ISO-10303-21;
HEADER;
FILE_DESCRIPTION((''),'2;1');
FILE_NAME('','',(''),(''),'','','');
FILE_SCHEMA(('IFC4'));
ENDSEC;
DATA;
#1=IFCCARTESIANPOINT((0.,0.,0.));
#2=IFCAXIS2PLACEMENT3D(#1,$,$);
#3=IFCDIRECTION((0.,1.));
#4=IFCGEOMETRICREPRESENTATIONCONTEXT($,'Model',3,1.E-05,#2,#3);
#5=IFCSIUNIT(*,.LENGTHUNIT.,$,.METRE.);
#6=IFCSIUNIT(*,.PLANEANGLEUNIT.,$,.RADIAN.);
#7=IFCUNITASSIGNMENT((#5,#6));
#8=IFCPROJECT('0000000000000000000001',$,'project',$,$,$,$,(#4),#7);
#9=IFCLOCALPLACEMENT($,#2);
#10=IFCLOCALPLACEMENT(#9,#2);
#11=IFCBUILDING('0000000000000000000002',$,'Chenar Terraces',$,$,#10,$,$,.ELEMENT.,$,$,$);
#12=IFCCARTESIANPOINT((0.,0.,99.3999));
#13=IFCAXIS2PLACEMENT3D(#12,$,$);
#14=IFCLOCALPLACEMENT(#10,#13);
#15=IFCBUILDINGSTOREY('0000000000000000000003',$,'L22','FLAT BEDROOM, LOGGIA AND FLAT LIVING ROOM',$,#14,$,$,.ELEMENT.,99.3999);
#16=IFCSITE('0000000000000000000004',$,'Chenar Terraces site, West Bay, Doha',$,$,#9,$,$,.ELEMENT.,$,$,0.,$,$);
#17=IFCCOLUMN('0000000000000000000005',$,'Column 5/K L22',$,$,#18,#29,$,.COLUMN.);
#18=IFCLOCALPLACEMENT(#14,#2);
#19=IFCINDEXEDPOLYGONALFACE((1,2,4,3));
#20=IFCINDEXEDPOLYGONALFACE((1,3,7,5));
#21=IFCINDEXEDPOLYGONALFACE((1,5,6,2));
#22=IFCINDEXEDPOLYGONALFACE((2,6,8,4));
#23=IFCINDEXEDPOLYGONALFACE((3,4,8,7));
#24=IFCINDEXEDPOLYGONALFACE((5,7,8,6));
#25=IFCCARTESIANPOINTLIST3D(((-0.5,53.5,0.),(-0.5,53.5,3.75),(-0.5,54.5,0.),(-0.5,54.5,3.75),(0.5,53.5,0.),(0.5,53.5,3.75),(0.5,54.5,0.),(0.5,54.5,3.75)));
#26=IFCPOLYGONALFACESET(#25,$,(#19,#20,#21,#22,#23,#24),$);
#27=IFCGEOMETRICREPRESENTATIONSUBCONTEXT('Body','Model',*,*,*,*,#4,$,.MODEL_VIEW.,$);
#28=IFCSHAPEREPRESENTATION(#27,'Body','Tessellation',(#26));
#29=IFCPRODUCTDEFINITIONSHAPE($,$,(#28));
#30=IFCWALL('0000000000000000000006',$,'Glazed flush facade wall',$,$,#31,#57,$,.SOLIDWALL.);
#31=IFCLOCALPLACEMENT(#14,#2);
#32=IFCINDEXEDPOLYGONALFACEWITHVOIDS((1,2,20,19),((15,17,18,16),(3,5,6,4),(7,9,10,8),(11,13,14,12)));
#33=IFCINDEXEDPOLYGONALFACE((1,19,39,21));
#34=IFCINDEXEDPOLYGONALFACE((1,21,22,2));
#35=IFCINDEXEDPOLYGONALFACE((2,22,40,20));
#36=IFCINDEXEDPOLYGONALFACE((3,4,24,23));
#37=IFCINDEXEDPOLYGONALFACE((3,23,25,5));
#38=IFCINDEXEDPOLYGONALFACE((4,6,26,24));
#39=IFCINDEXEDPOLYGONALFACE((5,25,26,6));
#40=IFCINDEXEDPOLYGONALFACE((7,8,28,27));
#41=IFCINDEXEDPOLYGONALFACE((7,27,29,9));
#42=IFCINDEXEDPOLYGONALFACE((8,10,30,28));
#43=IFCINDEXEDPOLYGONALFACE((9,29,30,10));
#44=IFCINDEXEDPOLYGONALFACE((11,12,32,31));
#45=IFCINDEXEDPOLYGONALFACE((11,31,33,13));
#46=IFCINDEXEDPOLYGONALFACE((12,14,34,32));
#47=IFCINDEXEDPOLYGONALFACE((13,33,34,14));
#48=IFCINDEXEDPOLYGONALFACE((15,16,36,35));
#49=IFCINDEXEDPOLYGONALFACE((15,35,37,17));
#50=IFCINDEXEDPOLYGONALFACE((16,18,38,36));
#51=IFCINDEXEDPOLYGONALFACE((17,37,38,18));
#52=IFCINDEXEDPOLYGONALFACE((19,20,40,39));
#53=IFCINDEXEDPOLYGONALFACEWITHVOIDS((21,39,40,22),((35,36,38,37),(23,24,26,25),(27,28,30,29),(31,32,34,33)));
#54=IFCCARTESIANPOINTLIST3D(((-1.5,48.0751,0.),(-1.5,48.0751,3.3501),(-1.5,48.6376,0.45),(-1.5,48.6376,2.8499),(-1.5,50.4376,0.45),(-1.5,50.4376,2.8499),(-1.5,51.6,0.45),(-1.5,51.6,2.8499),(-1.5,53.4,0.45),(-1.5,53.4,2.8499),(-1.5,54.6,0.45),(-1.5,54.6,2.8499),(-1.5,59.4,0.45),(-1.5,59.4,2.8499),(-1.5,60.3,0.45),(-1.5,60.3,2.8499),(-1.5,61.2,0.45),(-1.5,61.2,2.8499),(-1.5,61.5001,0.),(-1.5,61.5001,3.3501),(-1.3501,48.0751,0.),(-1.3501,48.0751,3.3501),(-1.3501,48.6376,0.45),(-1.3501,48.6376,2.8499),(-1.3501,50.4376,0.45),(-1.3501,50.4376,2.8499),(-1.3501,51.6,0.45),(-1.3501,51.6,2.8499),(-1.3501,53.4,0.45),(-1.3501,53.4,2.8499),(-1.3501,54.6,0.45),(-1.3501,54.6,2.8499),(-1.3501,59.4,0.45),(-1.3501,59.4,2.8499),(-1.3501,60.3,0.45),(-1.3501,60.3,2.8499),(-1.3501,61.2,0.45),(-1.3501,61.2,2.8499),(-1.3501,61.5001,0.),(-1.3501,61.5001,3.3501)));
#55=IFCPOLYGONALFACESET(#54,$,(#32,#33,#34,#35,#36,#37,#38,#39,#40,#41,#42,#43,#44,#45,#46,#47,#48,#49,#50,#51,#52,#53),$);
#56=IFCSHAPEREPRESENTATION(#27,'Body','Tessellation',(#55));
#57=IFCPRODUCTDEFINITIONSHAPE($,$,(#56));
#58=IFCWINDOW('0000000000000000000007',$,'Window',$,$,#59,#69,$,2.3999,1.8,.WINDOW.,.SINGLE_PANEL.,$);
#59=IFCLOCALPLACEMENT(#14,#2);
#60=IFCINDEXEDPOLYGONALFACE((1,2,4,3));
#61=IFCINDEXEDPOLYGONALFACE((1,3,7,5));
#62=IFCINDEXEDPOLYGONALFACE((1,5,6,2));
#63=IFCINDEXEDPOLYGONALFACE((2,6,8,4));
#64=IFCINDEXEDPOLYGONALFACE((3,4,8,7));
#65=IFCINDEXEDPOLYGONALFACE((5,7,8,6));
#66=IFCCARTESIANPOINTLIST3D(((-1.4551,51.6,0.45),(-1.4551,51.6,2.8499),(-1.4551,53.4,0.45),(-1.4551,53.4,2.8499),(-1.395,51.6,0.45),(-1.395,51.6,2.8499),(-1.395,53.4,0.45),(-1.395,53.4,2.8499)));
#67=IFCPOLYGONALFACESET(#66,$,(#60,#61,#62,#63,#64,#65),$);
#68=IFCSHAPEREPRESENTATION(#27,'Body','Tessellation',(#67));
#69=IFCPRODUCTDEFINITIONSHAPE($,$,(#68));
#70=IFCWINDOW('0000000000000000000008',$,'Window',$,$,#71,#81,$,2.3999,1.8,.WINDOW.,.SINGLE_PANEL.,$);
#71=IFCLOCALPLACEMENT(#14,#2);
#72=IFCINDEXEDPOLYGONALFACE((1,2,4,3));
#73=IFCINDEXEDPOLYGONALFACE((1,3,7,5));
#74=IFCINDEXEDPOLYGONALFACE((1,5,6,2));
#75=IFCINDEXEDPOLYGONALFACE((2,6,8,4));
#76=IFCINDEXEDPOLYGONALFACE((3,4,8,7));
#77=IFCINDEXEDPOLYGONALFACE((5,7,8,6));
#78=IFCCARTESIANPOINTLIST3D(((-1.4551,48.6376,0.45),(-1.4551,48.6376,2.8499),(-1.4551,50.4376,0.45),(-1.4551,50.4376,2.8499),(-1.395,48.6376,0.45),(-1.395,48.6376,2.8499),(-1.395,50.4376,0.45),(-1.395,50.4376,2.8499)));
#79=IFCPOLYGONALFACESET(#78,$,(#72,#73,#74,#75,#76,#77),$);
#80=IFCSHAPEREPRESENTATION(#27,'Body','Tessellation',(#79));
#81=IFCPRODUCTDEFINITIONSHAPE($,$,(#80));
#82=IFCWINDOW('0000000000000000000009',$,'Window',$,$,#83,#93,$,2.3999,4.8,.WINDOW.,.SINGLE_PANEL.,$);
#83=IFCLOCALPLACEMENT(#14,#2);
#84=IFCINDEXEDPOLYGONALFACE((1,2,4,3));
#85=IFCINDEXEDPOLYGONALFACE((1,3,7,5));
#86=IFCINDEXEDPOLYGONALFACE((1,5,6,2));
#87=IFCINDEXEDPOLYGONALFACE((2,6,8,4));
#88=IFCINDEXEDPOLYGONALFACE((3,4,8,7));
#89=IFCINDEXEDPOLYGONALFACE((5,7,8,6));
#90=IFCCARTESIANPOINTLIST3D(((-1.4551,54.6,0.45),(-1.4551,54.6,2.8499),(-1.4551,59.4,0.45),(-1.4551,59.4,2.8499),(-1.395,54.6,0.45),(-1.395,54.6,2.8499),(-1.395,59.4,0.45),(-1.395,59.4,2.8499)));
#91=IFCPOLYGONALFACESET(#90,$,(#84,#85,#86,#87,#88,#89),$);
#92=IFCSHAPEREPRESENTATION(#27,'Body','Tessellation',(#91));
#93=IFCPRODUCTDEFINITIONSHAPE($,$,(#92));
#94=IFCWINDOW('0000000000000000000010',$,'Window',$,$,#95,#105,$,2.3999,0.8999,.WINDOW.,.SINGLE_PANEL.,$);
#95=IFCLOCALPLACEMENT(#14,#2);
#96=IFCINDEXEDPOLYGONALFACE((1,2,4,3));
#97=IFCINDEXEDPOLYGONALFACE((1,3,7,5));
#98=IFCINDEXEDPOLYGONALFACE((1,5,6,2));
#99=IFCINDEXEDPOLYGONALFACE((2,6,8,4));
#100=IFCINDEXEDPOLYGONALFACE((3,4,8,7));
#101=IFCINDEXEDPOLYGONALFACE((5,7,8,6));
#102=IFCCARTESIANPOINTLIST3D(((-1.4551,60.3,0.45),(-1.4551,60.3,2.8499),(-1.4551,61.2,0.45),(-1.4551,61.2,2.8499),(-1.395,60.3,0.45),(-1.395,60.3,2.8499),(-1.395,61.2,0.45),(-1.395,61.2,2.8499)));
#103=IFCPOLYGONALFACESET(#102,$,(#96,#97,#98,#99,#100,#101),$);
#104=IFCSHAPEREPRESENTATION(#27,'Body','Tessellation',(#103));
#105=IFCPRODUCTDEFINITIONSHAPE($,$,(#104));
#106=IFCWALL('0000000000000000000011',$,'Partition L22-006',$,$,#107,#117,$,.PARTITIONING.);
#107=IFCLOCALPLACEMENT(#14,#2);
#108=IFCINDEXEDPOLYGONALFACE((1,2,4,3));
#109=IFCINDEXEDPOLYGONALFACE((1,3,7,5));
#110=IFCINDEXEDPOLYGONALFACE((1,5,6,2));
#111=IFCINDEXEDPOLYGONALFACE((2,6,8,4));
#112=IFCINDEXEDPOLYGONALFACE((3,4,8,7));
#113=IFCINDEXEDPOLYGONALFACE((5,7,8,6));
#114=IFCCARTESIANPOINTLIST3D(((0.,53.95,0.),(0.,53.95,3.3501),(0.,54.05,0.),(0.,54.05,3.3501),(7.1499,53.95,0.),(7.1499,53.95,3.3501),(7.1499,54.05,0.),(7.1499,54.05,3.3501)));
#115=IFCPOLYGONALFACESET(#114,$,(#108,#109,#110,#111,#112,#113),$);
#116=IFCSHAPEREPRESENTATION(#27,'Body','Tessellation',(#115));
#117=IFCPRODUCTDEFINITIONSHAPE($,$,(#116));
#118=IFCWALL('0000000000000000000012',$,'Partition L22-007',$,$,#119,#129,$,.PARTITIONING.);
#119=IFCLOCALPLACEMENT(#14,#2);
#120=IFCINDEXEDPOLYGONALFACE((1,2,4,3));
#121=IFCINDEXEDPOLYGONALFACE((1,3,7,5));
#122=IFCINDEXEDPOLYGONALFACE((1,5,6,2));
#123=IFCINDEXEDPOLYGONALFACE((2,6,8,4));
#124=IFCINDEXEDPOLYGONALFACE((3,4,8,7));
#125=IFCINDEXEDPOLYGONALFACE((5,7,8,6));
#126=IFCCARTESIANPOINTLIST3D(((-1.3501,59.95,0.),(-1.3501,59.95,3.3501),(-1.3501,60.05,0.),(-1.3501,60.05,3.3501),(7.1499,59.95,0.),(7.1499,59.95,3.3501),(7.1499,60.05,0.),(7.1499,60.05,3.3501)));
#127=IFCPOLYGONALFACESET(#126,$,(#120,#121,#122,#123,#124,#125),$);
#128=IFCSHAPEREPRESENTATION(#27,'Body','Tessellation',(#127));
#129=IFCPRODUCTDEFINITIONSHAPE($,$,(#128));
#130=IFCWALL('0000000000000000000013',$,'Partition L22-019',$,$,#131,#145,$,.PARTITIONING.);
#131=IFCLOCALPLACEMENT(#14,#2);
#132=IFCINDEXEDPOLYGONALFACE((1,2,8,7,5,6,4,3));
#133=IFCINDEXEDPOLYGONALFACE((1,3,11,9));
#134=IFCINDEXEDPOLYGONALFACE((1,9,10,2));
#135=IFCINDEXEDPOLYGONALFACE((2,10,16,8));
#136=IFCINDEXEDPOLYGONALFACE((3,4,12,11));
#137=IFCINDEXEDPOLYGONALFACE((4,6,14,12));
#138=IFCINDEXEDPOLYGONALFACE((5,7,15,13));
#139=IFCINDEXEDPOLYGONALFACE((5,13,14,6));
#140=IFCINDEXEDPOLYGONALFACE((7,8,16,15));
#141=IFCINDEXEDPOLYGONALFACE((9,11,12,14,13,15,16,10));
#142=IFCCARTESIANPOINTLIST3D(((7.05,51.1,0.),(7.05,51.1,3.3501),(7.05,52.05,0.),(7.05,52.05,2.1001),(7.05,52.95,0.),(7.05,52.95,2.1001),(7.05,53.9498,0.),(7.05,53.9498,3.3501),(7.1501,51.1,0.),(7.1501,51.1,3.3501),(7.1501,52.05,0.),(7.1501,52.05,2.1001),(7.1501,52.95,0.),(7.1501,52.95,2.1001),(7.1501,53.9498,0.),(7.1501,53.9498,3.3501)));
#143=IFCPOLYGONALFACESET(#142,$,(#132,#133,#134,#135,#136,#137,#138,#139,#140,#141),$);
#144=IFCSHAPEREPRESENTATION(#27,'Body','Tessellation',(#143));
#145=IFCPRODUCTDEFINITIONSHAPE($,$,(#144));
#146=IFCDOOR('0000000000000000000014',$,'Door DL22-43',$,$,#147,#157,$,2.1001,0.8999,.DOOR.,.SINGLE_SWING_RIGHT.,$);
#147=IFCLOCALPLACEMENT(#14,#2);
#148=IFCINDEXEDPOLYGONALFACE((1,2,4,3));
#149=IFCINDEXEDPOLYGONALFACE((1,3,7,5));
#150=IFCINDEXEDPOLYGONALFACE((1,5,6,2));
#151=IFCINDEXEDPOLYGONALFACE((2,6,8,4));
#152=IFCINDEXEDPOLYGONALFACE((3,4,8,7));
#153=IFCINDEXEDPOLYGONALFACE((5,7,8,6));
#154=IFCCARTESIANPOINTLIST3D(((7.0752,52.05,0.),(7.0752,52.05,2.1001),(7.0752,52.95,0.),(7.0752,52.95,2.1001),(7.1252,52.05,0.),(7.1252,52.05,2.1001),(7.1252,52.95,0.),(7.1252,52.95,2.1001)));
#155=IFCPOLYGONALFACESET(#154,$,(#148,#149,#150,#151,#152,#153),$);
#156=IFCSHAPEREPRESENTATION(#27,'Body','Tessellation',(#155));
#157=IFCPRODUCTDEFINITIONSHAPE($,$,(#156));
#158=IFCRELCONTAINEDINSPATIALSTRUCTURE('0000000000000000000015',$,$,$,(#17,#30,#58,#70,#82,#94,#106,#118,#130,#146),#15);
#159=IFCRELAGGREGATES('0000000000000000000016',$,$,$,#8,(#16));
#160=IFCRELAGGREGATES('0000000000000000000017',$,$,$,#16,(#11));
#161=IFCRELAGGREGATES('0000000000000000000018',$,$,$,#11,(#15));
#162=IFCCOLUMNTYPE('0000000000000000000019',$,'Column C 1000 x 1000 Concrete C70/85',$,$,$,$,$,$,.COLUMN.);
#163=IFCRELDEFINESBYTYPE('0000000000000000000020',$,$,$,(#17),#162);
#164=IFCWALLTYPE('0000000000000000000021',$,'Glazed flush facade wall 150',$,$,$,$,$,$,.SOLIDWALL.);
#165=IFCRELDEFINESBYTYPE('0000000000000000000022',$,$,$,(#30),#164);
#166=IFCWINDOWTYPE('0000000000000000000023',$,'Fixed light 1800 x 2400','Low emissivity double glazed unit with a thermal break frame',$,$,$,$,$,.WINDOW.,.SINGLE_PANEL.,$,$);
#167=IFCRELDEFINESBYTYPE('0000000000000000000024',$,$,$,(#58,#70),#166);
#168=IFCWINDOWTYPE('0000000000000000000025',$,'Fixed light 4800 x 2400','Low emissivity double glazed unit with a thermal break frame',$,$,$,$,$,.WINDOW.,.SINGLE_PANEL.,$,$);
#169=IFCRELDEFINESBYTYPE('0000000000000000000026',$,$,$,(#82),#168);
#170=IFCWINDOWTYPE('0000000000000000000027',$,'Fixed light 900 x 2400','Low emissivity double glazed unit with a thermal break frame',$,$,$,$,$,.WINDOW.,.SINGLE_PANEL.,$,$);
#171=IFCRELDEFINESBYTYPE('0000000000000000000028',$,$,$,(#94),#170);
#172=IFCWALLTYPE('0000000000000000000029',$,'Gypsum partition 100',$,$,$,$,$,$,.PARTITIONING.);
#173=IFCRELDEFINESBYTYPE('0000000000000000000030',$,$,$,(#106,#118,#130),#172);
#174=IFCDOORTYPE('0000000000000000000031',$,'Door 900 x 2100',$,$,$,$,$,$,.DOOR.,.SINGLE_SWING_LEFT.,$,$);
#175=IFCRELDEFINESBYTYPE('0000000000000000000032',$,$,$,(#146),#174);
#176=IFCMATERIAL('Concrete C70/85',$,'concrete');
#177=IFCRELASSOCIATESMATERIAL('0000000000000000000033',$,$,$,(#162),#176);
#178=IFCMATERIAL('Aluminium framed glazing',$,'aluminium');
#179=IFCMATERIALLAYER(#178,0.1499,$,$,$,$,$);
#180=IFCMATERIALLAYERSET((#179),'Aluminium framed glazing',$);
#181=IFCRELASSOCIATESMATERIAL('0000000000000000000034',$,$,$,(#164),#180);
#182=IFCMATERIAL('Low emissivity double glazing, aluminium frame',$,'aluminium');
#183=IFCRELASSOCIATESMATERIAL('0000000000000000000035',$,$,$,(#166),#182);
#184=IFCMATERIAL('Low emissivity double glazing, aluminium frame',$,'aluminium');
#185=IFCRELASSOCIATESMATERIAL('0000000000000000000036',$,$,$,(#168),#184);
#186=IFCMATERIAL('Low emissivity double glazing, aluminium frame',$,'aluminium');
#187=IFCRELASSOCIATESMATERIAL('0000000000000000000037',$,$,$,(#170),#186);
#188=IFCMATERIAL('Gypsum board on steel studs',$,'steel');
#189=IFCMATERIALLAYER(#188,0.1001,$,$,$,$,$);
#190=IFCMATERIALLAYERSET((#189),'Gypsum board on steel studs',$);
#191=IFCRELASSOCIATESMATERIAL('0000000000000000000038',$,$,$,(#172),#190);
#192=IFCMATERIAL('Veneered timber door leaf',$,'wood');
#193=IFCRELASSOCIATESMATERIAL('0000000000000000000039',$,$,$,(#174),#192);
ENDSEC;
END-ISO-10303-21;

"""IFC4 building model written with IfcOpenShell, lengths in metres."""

from ifc_helpers import new_model, si_unit, direction, frame, frame_2d, origin, origin_2d, place, context, subcontext, project, spatial, rectangle, extrude, material, layer, layer_set, material_profile, profile_set, type_object, element, fill, save


model = new_model("IFC4")

# Units and contexts
model_context = context("Model", 3, precision=1e-05, world=origin(), true_north=direction((0.0, 1.0)))
body_context = subcontext(model_context, "Body", "Model", "MODEL_VIEW")
ifc_project = project(units=[si_unit("LENGTHUNIT", "METRE"), si_unit("PLANEANGLEUNIT", "RADIAN")], contexts=[model_context])

# Site, building, storey
site_placement = place(None, origin())
site = spatial("IfcSite", under=ifc_project, at=site_placement, Name="Chenar Terraces site, West Bay, Doha", CompositionType="ELEMENT", RefElevation=0.0)
building_placement = place(site_placement, origin())
building = spatial("IfcBuilding", under=site, at=building_placement, Name="Chenar Terraces", CompositionType="ELEMENT")
storey_placement = place(building_placement, frame((0.0, 0.0, 99.3999)))
storey = spatial("IfcBuildingStorey", under=building, at=storey_placement, Name="L22", Description="FLAT BEDROOM, LOGGIA AND FLAT LIVING ROOM", CompositionType="ELEMENT", Elevation=99.3999)

# Column
ifc_material_1 = material(Name="Concrete C70/85", Category="concrete")
ifc_material_profile_1 = material_profile(ifc_material_1, rectangle(XDim=1.0, YDim=1.0, at=origin_2d()), Name="C 1000 x 1000")
ifc_profile_set_1 = profile_set([ifc_material_profile_1], Name="Concrete C70/85")
column_type = type_object("IfcColumnType", Name="Column C 1000 x 1000 Concrete C70/85", PredefinedType="COLUMN", material=ifc_profile_set_1)
placement = place(storey_placement, frame((0.0, 54.0, 0.0), z_axis=(0.0, 0.0, 1.0), x_axis=(1.0, 0.0, 0.0)))
element("IfcColumn", 1, at=placement, inside=storey, type_object=column_type, Name="Column 5/K L22", PredefinedType="COLUMN", context=body_context, shape_type="SweptSolid", body=[
    extrude(rectangle(XDim=1.0, YDim=1.0, at=origin_2d()), origin(), (0.0, 0.0, 1.0), 3.75),
])

# Wall, openings, windows
ifc_material_2 = material(Name="Aluminium framed glazing", Category="aluminium")
ifc_layer_1 = layer(ifc_material_2, 0.1499)
ifc_layer_set_1 = layer_set([ifc_layer_1], Name="Aluminium framed glazing")
wall_type_1 = type_object("IfcWallType", Name="Glazed flush facade wall 150", PredefinedType="SOLIDWALL", material=ifc_layer_set_1)
wall_1_placement = place(storey_placement, frame((-1.425, 61.5, 0.0), z_axis=(0.0, 0.0, 1.0), x_axis=(0.0, -1.0, 0.0)))
wall_1 = element("IfcWall", 2, at=wall_1_placement, inside=storey, type_object=wall_type_1, Name="Glazed flush facade wall", PredefinedType="SOLIDWALL", context=body_context, shape_type="SweptSolid", body=[
    extrude(rectangle(XDim=13.425, YDim=0.1499, at=frame_2d((6.7124, 0.0))), origin(), (0.0, 0.0, 1.0), 3.3501),
])
opening_1_placement = place(wall_1_placement, frame((0.3, 0.0, 0.45)))
opening_1 = element("IfcOpeningElement", 3, at=opening_1_placement, cuts=wall_1, PredefinedType="OPENING", context=body_context, shape_type="SweptSolid", body=[
    extrude(rectangle(XDim=0.8999, YDim=2.3999, at=frame_2d((0.45, 1.2))), frame((0.0, 0.085, 0.0), z_axis=(0.0, -1.0, 0.0), x_axis=(1.0, 0.0, 0.0)), (0.0, 0.0, 1.0), 0.1699),
])
opening_2_placement = place(wall_1_placement, frame((2.1001, 0.0, 0.45)))
opening_2 = element("IfcOpeningElement", 4, at=opening_2_placement, cuts=wall_1, PredefinedType="OPENING", context=body_context, shape_type="SweptSolid", body=[
    extrude(rectangle(XDim=4.8, YDim=2.3999, at=frame_2d((2.3999, 1.2))), frame((0.0, 0.085, 0.0), z_axis=(0.0, -1.0, 0.0), x_axis=(1.0, 0.0, 0.0)), (0.0, 0.0, 1.0), 0.1699),
])
opening_3_placement = place(wall_1_placement, frame((8.1001, 0.0, 0.45)))
opening_3 = element("IfcOpeningElement", 5, at=opening_3_placement, cuts=wall_1, PredefinedType="OPENING", context=body_context, shape_type="SweptSolid", body=[
    extrude(rectangle(XDim=1.8, YDim=2.3999, at=frame_2d((0.8999, 1.2))), frame((0.0, 0.085, 0.0), z_axis=(0.0, -1.0, 0.0), x_axis=(1.0, 0.0, 0.0)), (0.0, 0.0, 1.0), 0.1699),
])
opening_4_placement = place(wall_1_placement, frame((11.0625, 0.0, 0.45)))
opening_4 = element("IfcOpeningElement", 6, at=opening_4_placement, cuts=wall_1, PredefinedType="OPENING", context=body_context, shape_type="SweptSolid", body=[
    extrude(rectangle(XDim=1.8, YDim=2.3999, at=frame_2d((0.8999, 1.2))), frame((0.0, 0.085, 0.0), z_axis=(0.0, -1.0, 0.0), x_axis=(1.0, 0.0, 0.0)), (0.0, 0.0, 1.0), 0.1699),
])
ifc_material_3 = material(Name="Low emissivity double glazing, aluminium frame", Category="aluminium")
window_type_1 = type_object("IfcWindowType", Name="Fixed light 1800 x 2400", Description="Low emissivity double glazed unit with a thermal break frame", PartitioningType="SINGLE_PANEL", PredefinedType="WINDOW", material=ifc_material_3)
window_1_placement = place(opening_3_placement, origin())
window_1 = element("IfcWindow", 7, at=window_1_placement, inside=storey, type_object=window_type_1, Name="Window", OverallHeight=2.3999, OverallWidth=1.8, PartitioningType="SINGLE_PANEL", PredefinedType="WINDOW", context=body_context, shape_type="SweptSolid", body=[
    extrude(rectangle(XDim=1.8, YDim=2.3999, at=frame_2d((0.8999, 1.2))), frame((0.0, 0.03, 0.0), z_axis=(0.0, -1.0, 0.0), x_axis=(1.0, 0.0, 0.0)), (0.0, 0.0, 1.0), 0.0601),
])
fill(opening_3, window_1)
window_2_placement = place(opening_4_placement, origin())
window_2 = element("IfcWindow", 8, at=window_2_placement, inside=storey, type_object=window_type_1, Name="Window", OverallHeight=2.3999, OverallWidth=1.8, PartitioningType="SINGLE_PANEL", PredefinedType="WINDOW", context=body_context, shape_type="SweptSolid", body=[
    extrude(rectangle(XDim=1.8, YDim=2.3999, at=frame_2d((0.8999, 1.2))), frame((0.0, 0.03, 0.0), z_axis=(0.0, -1.0, 0.0), x_axis=(1.0, 0.0, 0.0)), (0.0, 0.0, 1.0), 0.0601),
])
fill(opening_4, window_2)
ifc_material_4 = material(Name="Low emissivity double glazing, aluminium frame", Category="aluminium")
window_type_2 = type_object("IfcWindowType", Name="Fixed light 4800 x 2400", Description="Low emissivity double glazed unit with a thermal break frame", PartitioningType="SINGLE_PANEL", PredefinedType="WINDOW", material=ifc_material_4)
window_3_placement = place(opening_2_placement, origin())
window_3 = element("IfcWindow", 9, at=window_3_placement, inside=storey, type_object=window_type_2, Name="Window", OverallHeight=2.3999, OverallWidth=4.8, PartitioningType="SINGLE_PANEL", PredefinedType="WINDOW", context=body_context, shape_type="SweptSolid", body=[
    extrude(rectangle(XDim=4.8, YDim=2.3999, at=frame_2d((2.3999, 1.2))), frame((0.0, 0.03, 0.0), z_axis=(0.0, -1.0, 0.0), x_axis=(1.0, 0.0, 0.0)), (0.0, 0.0, 1.0), 0.0601),
])
fill(opening_2, window_3)
ifc_material_5 = material(Name="Low emissivity double glazing, aluminium frame", Category="aluminium")
window_type_3 = type_object("IfcWindowType", Name="Fixed light 900 x 2400", Description="Low emissivity double glazed unit with a thermal break frame", PartitioningType="SINGLE_PANEL", PredefinedType="WINDOW", material=ifc_material_5)
window_4_placement = place(opening_1_placement, origin())
window_4 = element("IfcWindow", 10, at=window_4_placement, inside=storey, type_object=window_type_3, Name="Window", OverallHeight=2.3999, OverallWidth=0.8999, PartitioningType="SINGLE_PANEL", PredefinedType="WINDOW", context=body_context, shape_type="SweptSolid", body=[
    extrude(rectangle(XDim=0.8999, YDim=2.3999, at=frame_2d((0.45, 1.2))), frame((0.0, 0.03, 0.0), z_axis=(0.0, -1.0, 0.0), x_axis=(1.0, 0.0, 0.0)), (0.0, 0.0, 1.0), 0.0601),
])
fill(opening_1, window_4)

# Walls
ifc_material_6 = material(Name="Gypsum board on steel studs", Category="steel")
ifc_layer_2 = layer(ifc_material_6, 0.1001)
ifc_layer_set_2 = layer_set([ifc_layer_2], Name="Gypsum board on steel studs")
wall_type_2 = type_object("IfcWallType", Name="Gypsum partition 100", PredefinedType="PARTITIONING", material=ifc_layer_set_2)
element("IfcWall", 11, at=placement, inside=storey, type_object=wall_type_2, Name="Partition L22-006", PredefinedType="PARTITIONING", context=body_context, shape_type="SweptSolid", body=[
    extrude(rectangle(XDim=7.1499, YDim=0.1001, at=frame_2d((3.575, 0.0))), origin(), (0.0, 0.0, 1.0), 3.3501),
])
wall_2_placement = place(storey_placement, frame((-1.3501, 60.0, 0.0), z_axis=(0.0, 0.0, 1.0), x_axis=(1.0, 0.0, 0.0)))
element("IfcWall", 12, at=wall_2_placement, inside=storey, type_object=wall_type_2, Name="Partition L22-007", PredefinedType="PARTITIONING", context=body_context, shape_type="SweptSolid", body=[
    extrude(rectangle(XDim=8.5, YDim=0.1001, at=frame_2d((4.25, 0.0))), origin(), (0.0, 0.0, 1.0), 3.3501),
])

# Wall, opening, door
wall_3_placement = place(storey_placement, frame((7.1001, 51.1001, 0.0), z_axis=(0.0, 0.0, 1.0), x_axis=(0.0, 1.0, 0.0)))
wall_3 = element("IfcWall", 13, at=wall_3_placement, inside=storey, type_object=wall_type_2, Name="Partition L22-019", PredefinedType="PARTITIONING", context=body_context, shape_type="SweptSolid", body=[
    extrude(rectangle(XDim=2.8499, YDim=0.1001, at=frame_2d((1.4248, 0.0))), origin(), (0.0, 0.0, 1.0), 3.3501),
])
opening_5_placement = place(wall_3_placement, frame((0.95, 0.0, 0.0)))
opening_5 = element("IfcOpeningElement", 14, at=opening_5_placement, cuts=wall_3, PredefinedType="OPENING", context=body_context, shape_type="SweptSolid", body=[
    extrude(rectangle(XDim=0.8999, YDim=2.1001, at=frame_2d((0.45, 1.05))), frame((0.0, 0.0601, 0.0), z_axis=(0.0, -1.0, 0.0), x_axis=(1.0, 0.0, 0.0)), (0.0, 0.0, 1.0), 0.1201),
])
ifc_material_7 = material(Name="Veneered timber door leaf", Category="wood")
door_type = type_object("IfcDoorType", Name="Door 900 x 2100", OperationType="SINGLE_SWING_LEFT", PredefinedType="DOOR", material=ifc_material_7)
door_placement = place(opening_5_placement, origin())
door = element("IfcDoor", 15, at=door_placement, inside=storey, type_object=door_type, Name="Door DL22-43", OperationType="SINGLE_SWING_RIGHT", OverallHeight=2.1001, OverallWidth=0.8999, PredefinedType="DOOR", context=body_context, shape_type="SweptSolid", body=[
    extrude(rectangle(XDim=0.8999, YDim=2.1001, at=frame_2d((0.45, 1.05))), frame((0.0, 0.0249, 0.0), z_axis=(0.0, -1.0, 0.0), x_axis=(1.0, 0.0, 0.0)), (0.0, 0.0, 1.0), 0.05),
])
fill(opening_5, door)

save(model, "model.ifc")
